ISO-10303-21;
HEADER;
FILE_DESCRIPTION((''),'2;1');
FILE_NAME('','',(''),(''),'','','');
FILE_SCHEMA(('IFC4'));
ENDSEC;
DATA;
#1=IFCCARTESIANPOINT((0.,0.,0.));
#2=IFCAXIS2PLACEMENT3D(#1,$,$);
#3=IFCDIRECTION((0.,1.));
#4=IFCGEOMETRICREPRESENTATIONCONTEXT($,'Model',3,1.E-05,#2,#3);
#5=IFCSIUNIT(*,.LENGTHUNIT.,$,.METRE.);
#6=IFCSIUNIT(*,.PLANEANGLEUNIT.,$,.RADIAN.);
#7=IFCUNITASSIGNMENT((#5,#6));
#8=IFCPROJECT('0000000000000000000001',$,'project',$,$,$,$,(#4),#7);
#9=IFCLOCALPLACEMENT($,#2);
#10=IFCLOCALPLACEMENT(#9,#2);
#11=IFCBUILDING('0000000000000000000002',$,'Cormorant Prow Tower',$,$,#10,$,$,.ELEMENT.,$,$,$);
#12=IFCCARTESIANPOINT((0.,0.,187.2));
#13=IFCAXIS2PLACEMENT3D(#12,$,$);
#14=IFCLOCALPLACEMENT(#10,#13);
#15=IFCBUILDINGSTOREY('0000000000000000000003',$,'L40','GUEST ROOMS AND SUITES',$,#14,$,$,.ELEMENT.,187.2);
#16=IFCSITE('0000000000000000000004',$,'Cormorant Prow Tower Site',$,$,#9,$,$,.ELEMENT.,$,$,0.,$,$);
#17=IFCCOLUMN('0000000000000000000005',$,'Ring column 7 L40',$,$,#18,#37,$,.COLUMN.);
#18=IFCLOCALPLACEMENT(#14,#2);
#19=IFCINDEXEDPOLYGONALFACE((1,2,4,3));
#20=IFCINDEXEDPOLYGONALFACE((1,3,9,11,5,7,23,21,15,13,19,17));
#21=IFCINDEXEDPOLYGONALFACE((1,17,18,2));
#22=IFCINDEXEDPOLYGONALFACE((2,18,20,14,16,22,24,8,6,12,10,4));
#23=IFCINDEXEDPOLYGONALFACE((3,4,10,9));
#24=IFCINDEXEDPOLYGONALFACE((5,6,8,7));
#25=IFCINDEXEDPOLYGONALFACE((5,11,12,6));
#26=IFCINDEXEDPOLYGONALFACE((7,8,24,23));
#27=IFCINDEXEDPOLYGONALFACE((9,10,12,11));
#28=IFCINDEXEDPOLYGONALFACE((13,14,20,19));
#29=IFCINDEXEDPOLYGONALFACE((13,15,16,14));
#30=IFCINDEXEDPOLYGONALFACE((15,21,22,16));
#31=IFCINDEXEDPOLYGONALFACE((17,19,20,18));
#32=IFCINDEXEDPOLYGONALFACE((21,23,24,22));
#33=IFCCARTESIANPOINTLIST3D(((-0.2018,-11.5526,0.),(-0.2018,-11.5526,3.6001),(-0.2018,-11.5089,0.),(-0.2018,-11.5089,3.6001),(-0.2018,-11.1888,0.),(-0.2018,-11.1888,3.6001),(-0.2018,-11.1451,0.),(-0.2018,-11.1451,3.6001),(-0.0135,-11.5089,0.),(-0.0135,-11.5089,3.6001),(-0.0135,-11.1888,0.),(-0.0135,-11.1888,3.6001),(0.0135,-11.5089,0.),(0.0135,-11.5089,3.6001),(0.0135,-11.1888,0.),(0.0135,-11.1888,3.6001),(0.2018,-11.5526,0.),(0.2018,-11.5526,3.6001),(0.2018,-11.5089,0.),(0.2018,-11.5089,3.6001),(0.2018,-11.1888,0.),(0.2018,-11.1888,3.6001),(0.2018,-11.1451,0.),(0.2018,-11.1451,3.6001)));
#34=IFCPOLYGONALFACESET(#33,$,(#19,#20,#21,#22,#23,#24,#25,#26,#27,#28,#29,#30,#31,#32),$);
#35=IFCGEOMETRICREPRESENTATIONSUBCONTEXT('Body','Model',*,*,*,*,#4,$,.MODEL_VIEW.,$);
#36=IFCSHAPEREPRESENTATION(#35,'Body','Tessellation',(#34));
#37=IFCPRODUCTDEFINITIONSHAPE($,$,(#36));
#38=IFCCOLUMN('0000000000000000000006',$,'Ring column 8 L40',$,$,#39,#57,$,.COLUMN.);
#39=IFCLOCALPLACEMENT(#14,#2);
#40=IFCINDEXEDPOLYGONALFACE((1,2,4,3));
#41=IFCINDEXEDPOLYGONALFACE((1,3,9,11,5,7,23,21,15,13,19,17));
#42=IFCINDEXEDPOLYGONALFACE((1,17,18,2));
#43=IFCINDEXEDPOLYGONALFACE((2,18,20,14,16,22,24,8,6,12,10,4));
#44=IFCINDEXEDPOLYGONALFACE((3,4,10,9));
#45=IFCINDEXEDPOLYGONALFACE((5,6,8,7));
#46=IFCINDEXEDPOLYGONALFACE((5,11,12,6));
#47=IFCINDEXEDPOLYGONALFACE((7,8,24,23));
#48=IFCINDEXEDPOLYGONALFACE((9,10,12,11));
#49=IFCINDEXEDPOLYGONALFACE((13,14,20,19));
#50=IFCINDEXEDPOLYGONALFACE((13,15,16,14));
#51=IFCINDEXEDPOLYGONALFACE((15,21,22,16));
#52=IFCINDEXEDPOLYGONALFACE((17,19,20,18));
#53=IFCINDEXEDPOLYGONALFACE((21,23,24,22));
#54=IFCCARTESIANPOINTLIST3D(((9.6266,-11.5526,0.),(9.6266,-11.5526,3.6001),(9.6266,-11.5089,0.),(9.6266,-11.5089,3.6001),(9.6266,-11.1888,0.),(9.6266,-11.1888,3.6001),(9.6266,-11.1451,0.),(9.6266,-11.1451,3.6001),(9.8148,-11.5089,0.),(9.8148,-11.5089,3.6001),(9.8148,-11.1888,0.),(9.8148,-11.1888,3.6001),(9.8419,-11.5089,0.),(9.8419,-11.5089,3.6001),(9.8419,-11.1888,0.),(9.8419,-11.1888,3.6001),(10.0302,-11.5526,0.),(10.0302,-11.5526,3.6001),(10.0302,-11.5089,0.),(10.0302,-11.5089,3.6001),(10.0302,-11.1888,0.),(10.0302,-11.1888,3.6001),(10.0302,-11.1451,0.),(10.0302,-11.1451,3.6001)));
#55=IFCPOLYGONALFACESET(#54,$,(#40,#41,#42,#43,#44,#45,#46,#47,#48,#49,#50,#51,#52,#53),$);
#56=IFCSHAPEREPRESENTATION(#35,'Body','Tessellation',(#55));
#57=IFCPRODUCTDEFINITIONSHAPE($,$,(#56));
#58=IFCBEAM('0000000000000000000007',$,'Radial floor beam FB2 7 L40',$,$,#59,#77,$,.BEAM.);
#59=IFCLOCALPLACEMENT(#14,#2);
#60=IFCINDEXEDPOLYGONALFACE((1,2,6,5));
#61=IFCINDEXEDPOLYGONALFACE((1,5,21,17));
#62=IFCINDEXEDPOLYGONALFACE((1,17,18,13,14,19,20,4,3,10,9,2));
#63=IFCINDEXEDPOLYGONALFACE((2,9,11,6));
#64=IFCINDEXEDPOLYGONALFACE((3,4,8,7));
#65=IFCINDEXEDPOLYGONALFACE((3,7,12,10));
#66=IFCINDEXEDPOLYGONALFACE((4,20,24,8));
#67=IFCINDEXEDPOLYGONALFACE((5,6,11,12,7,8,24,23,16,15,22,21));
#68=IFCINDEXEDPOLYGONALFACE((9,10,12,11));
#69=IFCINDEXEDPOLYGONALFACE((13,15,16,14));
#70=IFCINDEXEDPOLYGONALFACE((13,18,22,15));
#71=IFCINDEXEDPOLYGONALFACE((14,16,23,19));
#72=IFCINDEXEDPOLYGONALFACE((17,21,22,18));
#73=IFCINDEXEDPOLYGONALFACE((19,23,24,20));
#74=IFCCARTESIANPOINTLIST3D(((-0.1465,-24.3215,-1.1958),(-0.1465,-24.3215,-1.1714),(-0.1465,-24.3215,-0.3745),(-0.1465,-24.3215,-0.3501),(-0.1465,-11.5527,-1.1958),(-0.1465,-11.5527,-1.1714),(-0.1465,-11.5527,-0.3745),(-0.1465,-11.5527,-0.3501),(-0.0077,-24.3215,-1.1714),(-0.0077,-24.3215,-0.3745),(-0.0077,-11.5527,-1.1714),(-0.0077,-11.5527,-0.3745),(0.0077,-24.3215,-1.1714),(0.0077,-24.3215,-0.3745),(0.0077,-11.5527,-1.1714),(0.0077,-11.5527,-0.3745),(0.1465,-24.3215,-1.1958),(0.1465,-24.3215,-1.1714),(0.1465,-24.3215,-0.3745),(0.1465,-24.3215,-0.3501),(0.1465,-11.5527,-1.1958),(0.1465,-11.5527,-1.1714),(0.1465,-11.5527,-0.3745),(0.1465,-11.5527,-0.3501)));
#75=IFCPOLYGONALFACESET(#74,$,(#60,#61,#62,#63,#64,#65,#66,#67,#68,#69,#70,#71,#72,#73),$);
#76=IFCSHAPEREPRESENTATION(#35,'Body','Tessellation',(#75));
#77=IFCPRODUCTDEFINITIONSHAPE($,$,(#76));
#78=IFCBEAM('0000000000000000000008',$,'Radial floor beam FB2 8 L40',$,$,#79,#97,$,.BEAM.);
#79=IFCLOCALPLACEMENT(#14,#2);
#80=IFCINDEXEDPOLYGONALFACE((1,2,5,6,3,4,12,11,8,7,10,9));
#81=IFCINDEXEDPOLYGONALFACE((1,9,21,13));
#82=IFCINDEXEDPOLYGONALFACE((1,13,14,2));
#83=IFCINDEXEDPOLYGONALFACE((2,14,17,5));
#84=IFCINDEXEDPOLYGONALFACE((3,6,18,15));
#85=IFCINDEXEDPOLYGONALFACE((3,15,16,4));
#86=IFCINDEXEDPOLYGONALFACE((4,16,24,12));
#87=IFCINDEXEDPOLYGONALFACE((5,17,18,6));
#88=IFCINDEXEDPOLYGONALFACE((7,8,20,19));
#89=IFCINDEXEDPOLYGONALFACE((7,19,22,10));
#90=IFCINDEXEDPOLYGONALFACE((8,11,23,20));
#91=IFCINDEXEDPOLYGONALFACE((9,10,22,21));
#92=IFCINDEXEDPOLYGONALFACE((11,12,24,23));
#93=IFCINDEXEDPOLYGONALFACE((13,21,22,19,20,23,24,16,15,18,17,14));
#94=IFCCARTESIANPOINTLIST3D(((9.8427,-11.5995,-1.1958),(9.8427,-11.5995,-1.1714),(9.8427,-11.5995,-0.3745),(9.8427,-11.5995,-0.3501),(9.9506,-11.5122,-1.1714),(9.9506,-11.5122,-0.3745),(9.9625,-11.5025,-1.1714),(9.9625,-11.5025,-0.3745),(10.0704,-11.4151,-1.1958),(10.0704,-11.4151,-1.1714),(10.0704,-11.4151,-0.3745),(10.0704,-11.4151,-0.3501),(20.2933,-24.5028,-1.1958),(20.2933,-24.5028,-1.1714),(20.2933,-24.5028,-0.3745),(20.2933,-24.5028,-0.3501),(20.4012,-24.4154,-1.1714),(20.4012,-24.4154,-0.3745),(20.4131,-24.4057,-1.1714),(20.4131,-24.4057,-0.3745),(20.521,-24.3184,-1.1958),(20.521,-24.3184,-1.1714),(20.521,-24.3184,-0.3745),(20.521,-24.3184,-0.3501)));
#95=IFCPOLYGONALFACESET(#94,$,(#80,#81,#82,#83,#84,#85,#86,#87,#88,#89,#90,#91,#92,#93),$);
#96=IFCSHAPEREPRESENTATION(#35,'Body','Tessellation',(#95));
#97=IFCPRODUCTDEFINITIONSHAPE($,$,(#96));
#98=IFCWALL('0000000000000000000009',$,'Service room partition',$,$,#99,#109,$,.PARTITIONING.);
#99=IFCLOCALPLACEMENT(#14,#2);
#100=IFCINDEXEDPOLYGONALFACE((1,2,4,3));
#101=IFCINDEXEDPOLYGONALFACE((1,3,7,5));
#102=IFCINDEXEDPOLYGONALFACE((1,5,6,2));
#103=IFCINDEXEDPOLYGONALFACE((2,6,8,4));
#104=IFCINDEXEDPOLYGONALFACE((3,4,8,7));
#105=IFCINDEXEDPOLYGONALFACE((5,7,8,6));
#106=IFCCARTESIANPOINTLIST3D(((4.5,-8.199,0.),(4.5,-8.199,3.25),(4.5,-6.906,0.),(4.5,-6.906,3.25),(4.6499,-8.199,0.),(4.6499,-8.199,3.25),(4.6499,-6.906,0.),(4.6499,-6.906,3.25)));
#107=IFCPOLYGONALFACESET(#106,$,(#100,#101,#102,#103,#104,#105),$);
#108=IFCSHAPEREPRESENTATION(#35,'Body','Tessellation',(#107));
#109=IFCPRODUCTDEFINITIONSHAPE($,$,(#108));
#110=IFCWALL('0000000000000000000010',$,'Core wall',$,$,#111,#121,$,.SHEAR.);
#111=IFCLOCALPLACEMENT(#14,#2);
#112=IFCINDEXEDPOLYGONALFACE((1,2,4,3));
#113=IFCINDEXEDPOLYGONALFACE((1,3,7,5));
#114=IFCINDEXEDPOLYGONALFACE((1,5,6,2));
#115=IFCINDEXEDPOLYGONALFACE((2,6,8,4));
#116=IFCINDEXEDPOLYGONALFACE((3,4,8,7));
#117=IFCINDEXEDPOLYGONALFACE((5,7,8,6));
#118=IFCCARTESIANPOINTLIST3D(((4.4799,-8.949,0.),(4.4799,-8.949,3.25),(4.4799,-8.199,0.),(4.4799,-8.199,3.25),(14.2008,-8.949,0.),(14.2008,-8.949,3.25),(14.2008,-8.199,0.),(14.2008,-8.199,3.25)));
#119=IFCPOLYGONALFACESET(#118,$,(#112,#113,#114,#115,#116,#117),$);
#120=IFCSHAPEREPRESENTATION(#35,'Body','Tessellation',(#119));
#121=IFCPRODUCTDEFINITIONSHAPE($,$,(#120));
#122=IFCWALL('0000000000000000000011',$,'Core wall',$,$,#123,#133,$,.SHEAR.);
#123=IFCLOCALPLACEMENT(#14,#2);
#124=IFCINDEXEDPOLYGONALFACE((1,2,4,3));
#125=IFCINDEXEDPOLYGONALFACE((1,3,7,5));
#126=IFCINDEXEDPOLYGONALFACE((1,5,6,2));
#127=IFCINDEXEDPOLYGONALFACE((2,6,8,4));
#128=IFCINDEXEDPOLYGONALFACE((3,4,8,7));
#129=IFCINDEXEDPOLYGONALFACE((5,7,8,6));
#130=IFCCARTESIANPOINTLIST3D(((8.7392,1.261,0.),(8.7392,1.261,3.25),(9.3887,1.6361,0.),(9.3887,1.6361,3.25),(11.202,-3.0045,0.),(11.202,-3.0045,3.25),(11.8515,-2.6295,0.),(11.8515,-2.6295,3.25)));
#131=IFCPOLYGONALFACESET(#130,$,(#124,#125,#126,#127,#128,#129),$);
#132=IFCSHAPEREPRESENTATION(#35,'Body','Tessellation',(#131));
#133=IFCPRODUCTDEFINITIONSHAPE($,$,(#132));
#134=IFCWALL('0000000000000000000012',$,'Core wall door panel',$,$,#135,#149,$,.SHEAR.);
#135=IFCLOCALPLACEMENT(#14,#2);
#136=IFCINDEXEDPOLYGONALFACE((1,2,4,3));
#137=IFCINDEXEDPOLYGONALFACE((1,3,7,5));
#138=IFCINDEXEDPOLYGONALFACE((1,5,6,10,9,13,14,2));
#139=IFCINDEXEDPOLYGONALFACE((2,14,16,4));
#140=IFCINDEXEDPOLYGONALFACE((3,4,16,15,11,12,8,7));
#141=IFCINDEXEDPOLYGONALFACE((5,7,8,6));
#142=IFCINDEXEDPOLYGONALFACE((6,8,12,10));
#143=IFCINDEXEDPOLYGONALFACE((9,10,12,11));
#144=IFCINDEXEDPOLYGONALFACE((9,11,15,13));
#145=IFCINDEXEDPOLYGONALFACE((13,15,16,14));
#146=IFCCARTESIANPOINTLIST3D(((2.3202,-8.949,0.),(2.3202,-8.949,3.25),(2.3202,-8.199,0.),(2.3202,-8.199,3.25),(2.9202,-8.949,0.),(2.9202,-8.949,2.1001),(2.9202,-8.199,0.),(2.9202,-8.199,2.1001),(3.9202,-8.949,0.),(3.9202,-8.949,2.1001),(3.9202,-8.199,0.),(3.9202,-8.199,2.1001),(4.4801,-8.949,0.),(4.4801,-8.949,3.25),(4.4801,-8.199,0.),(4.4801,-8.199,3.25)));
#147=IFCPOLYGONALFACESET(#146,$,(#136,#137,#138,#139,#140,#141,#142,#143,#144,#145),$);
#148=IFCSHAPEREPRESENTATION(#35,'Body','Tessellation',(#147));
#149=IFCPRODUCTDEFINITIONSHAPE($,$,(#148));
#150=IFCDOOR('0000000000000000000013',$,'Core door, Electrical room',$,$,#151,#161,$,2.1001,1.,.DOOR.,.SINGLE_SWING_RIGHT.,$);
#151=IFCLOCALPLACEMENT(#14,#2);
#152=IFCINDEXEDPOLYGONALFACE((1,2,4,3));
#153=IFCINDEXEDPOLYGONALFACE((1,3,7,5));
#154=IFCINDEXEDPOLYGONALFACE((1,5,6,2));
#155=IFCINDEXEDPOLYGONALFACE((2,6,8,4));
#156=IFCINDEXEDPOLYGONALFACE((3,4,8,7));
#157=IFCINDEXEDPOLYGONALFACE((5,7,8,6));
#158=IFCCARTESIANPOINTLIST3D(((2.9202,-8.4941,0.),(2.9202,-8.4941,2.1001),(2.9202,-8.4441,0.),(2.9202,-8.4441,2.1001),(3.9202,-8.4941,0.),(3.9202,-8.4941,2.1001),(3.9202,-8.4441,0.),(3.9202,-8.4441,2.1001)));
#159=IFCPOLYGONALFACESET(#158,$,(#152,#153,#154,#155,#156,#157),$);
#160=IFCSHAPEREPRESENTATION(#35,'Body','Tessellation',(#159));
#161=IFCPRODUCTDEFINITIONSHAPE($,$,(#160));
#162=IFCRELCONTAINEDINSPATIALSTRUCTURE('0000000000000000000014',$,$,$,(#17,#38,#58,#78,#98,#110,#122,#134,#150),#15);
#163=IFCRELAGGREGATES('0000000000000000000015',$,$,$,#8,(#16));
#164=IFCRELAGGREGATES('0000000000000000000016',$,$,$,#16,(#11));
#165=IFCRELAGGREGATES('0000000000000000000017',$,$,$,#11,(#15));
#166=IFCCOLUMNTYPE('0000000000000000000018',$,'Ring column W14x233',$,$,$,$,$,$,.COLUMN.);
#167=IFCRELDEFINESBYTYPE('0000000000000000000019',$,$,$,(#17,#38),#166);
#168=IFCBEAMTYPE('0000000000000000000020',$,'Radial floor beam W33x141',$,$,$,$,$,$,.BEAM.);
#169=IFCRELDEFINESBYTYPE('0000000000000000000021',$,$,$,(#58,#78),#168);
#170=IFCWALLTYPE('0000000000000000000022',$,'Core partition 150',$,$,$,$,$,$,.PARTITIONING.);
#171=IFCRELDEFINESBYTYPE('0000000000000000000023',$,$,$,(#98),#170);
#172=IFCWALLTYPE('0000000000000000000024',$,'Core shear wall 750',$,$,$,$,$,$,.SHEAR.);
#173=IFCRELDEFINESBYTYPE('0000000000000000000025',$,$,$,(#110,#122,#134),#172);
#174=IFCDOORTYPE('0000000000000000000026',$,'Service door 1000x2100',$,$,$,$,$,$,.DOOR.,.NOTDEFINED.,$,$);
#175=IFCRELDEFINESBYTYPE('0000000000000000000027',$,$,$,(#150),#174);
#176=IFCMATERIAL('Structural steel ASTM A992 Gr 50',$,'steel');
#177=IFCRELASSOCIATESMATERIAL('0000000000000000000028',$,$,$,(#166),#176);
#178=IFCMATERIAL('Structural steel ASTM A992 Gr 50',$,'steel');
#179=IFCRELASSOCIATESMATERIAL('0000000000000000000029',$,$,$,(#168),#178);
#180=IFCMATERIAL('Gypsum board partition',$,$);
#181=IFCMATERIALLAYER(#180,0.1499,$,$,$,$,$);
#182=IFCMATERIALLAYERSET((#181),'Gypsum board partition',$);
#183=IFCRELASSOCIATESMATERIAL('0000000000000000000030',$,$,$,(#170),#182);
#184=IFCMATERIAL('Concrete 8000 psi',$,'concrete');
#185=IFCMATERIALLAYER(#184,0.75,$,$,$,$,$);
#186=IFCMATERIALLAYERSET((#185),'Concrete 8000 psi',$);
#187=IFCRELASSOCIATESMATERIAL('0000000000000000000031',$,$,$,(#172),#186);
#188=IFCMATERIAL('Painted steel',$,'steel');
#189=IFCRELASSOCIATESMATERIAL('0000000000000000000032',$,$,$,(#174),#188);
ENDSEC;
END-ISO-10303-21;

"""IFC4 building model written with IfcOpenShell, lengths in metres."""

from ifc_helpers import new_model, si_unit, direction, frame, frame_2d, origin, origin_2d, place, context, subcontext, project, spatial, rectangle, i_section, extrude, material, layer, layer_set, material_profile, profile_set, type_object, element, fill, save


model = new_model("IFC4")

# Units and contexts
model_context = context("Model", 3, precision=1e-05, world=origin(), true_north=direction((0.0, 1.0)))
body_context = subcontext(model_context, "Body", "Model", "MODEL_VIEW")
ifc_project = project(units=[si_unit("LENGTHUNIT", "METRE"), si_unit("PLANEANGLEUNIT", "RADIAN")], contexts=[model_context])

# Site, building, storey
site_placement = place(None, origin())
site = spatial("IfcSite", under=ifc_project, at=site_placement, Name="Cormorant Prow Tower Site", CompositionType="ELEMENT", RefElevation=0.0)
building_placement = place(site_placement, origin())
building = spatial("IfcBuilding", under=site, at=building_placement, Name="Cormorant Prow Tower", CompositionType="ELEMENT")
storey_placement = place(building_placement, frame((0.0, 0.0, 187.2)))
storey = spatial("IfcBuildingStorey", under=building, at=storey_placement, Name="L40", Description="GUEST ROOMS AND SUITES", CompositionType="ELEMENT", Elevation=187.2)

# Columns
ifc_material_1 = material(Name="Structural steel ASTM A992 Gr 50", Category="steel")
ifc_material_profile_1 = material_profile(ifc_material_1, i_section(OverallWidth=0.4036, OverallDepth=0.4075, WebThickness=0.0271, FlangeThickness=0.0437, at=origin_2d()), Name="W14x233")
ifc_profile_set_1 = profile_set([ifc_material_profile_1], Name="Structural steel ASTM A992 Gr 50")
column_type = type_object("IfcColumnType", Name="Ring column W14x233", PredefinedType="COLUMN", material=ifc_profile_set_1)
for number, where, z_axis, x_axis, name in (
    (1, (0.0, -11.3489, 0.0), (0.0, 0.0, 1.0), (1.0, 0.0, 0.0), "Ring column 7 L40"),
    (2, (9.8284, -11.3489, 0.0), (0.0, 0.0, 1.0), (1.0, 0.0, 0.0), "Ring column 8 L40"),
):
    element("IfcColumn", number, at=place(storey_placement, frame(where, z_axis=z_axis, x_axis=x_axis)), inside=storey, type_object=column_type, Name=name, PredefinedType="COLUMN", context=body_context, shape_type="SweptSolid", body=[
        extrude(i_section(OverallWidth=0.4036, OverallDepth=0.4075, WebThickness=0.0271, FlangeThickness=0.0437, at=origin_2d()), origin(), (0.0, 0.0, 1.0), 3.6001),
    ])

# Beams
ifc_material_2 = material(Name="Structural steel ASTM A992 Gr 50", Category="steel")
ifc_material_profile_2 = material_profile(ifc_material_2, i_section(OverallWidth=0.293, OverallDepth=0.8457, WebThickness=0.0154, FlangeThickness=0.0244, at=origin_2d()), Name="W33x141")
ifc_profile_set_2 = profile_set([ifc_material_profile_2], Name="Structural steel ASTM A992 Gr 50")
beam_type = type_object("IfcBeamType", Name="Radial floor beam W33x141", PredefinedType="BEAM", material=ifc_profile_set_2)
beam_1_placement = place(storey_placement, frame((0.0, -11.5527, -0.7729), z_axis=(0.0, -1.0, 0.0), x_axis=(1.0, 0.0, 0.0)))
element("IfcBeam", 3, at=beam_1_placement, inside=storey, type_object=beam_type, Name="Radial floor beam FB2 7 L40", PredefinedType="BEAM", context=body_context, shape_type="SweptSolid", body=[
    extrude(i_section(OverallWidth=0.293, OverallDepth=0.8457, WebThickness=0.0154, FlangeThickness=0.0244, at=origin_2d()), origin(), (0.0, 0.0, 1.0), 12.7688),
])
beam_2_placement = place(storey_placement, frame((9.9565, -11.5073, -0.7729), z_axis=(0.629385, -0.777094, 0.0), x_axis=(0.777094, 0.629385, 0.0)))
element("IfcBeam", 4, at=beam_2_placement, inside=storey, type_object=beam_type, Name="Radial floor beam FB2 8 L40", PredefinedType="BEAM", context=body_context, shape_type="SweptSolid", body=[
    extrude(i_section(OverallWidth=0.293, OverallDepth=0.8457, WebThickness=0.0154, FlangeThickness=0.0244, at=origin_2d()), origin(), (0.0, 0.0, 1.0), 16.6045),
])

# Walls
ifc_material_3 = material(Name="Gypsum board partition")
ifc_layer_1 = layer(ifc_material_3, 0.1499)
ifc_layer_set_1 = layer_set([ifc_layer_1], Name="Gypsum board partition")
wall_type_1 = type_object("IfcWallType", Name="Core partition 150", PredefinedType="PARTITIONING", material=ifc_layer_set_1)
wall_1_placement = place(storey_placement, frame((4.575, -6.906, 0.0), z_axis=(0.0, 0.0, 1.0), x_axis=(0.0, -1.0, 0.0)))
element("IfcWall", 5, at=wall_1_placement, inside=storey, type_object=wall_type_1, Name="Service room partition", PredefinedType="PARTITIONING", context=body_context, shape_type="SweptSolid", body=[
    extrude(rectangle(XDim=1.293, YDim=0.1499, at=frame_2d((0.6465, 0.0))), origin(), (0.0, 0.0, 1.0), 3.25),
])
ifc_material_4 = material(Name="Concrete 8000 psi", Category="concrete")
ifc_layer_2 = layer(ifc_material_4, 0.75)
ifc_layer_set_2 = layer_set([ifc_layer_2], Name="Concrete 8000 psi")
wall_type_2 = type_object("IfcWallType", Name="Core shear wall 750", PredefinedType="SHEAR", material=ifc_layer_set_2)
wall_2_placement = place(storey_placement, frame((4.48, -8.574, 0.0), z_axis=(0.0, 0.0, 1.0), x_axis=(1.0, 0.0, 0.0)))
element("IfcWall", 6, at=wall_2_placement, inside=storey, type_object=wall_type_2, Name="Core wall", PredefinedType="SHEAR", context=body_context, shape_type="SweptSolid", body=[
    extrude(rectangle(XDim=9.7209, YDim=0.75, at=frame_2d((4.8604, 0.0))), origin(), (0.0, 0.0, 1.0), 3.25),
])
wall_3_placement = place(storey_placement, frame((11.5269, -2.8171, 0.0), z_axis=(0.0, 0.0, 1.0), x_axis=(-0.50002, 0.866014, 0.0)))
element("IfcWall", 7, at=wall_3_placement, inside=storey, type_object=wall_type_2, Name="Core wall", PredefinedType="SHEAR", context=body_context, shape_type="SweptSolid", body=[
    extrude(rectangle(XDim=4.9255, YDim=0.75, at=frame_2d((2.4629, 0.0))), origin(), (0.0, 0.0, 1.0), 3.25),
])

# Wall, opening, door
wall_4_placement = place(storey_placement, frame((2.3201, -8.574, 0.0), z_axis=(0.0, 0.0, 1.0), x_axis=(1.0, 0.0, 0.0)))
wall_4 = element("IfcWall", 8, at=wall_4_placement, inside=storey, type_object=wall_type_2, Name="Core wall door panel", PredefinedType="SHEAR", context=body_context, shape_type="SweptSolid", body=[
    extrude(rectangle(XDim=2.1599, YDim=0.75, at=frame_2d((1.0801, 0.0))), origin(), (0.0, 0.0, 1.0), 3.25),
])
opening_1_placement = place(wall_4_placement, frame((0.6001, 0.0, 0.0)))
opening_1 = element("IfcOpeningElement", 9, at=opening_1_placement, cuts=wall_4, PredefinedType="OPENING", context=body_context, shape_type="SweptSolid", body=[
    extrude(rectangle(XDim=1.0, YDim=2.1001, at=frame_2d((0.5, 1.05))), frame((0.0, 0.385, 0.0), z_axis=(0.0, -1.0, 0.0), x_axis=(1.0, 0.0, 0.0)), (0.0, 0.0, 1.0), 0.77),
])
ifc_material_5 = material(Name="Painted steel", Category="steel")
door_type_1 = type_object("IfcDoorType", Name="Service door 1000x2100", OperationType="NOTDEFINED", PredefinedType="DOOR", material=ifc_material_5)
door_1_placement = place(opening_1_placement, origin())
door_1 = element("IfcDoor", 10, at=door_1_placement, inside=storey, type_object=door_type_1, Name="Core door, Electrical room", OperationType="SINGLE_SWING_RIGHT", OverallHeight=2.1001, OverallWidth=1.0, PredefinedType="DOOR", context=body_context, shape_type="SweptSolid", body=[
    extrude(rectangle(XDim=1.0, YDim=2.1001, at=frame_2d((0.5, 1.05))), frame((0.0, 0.1299, 0.0), z_axis=(0.0, -1.0, 0.0), x_axis=(1.0, 0.0, 0.0)), (0.0, 0.0, 1.0), 0.05),
])
fill(opening_1, door_1)

save(model, "model.ifc")
